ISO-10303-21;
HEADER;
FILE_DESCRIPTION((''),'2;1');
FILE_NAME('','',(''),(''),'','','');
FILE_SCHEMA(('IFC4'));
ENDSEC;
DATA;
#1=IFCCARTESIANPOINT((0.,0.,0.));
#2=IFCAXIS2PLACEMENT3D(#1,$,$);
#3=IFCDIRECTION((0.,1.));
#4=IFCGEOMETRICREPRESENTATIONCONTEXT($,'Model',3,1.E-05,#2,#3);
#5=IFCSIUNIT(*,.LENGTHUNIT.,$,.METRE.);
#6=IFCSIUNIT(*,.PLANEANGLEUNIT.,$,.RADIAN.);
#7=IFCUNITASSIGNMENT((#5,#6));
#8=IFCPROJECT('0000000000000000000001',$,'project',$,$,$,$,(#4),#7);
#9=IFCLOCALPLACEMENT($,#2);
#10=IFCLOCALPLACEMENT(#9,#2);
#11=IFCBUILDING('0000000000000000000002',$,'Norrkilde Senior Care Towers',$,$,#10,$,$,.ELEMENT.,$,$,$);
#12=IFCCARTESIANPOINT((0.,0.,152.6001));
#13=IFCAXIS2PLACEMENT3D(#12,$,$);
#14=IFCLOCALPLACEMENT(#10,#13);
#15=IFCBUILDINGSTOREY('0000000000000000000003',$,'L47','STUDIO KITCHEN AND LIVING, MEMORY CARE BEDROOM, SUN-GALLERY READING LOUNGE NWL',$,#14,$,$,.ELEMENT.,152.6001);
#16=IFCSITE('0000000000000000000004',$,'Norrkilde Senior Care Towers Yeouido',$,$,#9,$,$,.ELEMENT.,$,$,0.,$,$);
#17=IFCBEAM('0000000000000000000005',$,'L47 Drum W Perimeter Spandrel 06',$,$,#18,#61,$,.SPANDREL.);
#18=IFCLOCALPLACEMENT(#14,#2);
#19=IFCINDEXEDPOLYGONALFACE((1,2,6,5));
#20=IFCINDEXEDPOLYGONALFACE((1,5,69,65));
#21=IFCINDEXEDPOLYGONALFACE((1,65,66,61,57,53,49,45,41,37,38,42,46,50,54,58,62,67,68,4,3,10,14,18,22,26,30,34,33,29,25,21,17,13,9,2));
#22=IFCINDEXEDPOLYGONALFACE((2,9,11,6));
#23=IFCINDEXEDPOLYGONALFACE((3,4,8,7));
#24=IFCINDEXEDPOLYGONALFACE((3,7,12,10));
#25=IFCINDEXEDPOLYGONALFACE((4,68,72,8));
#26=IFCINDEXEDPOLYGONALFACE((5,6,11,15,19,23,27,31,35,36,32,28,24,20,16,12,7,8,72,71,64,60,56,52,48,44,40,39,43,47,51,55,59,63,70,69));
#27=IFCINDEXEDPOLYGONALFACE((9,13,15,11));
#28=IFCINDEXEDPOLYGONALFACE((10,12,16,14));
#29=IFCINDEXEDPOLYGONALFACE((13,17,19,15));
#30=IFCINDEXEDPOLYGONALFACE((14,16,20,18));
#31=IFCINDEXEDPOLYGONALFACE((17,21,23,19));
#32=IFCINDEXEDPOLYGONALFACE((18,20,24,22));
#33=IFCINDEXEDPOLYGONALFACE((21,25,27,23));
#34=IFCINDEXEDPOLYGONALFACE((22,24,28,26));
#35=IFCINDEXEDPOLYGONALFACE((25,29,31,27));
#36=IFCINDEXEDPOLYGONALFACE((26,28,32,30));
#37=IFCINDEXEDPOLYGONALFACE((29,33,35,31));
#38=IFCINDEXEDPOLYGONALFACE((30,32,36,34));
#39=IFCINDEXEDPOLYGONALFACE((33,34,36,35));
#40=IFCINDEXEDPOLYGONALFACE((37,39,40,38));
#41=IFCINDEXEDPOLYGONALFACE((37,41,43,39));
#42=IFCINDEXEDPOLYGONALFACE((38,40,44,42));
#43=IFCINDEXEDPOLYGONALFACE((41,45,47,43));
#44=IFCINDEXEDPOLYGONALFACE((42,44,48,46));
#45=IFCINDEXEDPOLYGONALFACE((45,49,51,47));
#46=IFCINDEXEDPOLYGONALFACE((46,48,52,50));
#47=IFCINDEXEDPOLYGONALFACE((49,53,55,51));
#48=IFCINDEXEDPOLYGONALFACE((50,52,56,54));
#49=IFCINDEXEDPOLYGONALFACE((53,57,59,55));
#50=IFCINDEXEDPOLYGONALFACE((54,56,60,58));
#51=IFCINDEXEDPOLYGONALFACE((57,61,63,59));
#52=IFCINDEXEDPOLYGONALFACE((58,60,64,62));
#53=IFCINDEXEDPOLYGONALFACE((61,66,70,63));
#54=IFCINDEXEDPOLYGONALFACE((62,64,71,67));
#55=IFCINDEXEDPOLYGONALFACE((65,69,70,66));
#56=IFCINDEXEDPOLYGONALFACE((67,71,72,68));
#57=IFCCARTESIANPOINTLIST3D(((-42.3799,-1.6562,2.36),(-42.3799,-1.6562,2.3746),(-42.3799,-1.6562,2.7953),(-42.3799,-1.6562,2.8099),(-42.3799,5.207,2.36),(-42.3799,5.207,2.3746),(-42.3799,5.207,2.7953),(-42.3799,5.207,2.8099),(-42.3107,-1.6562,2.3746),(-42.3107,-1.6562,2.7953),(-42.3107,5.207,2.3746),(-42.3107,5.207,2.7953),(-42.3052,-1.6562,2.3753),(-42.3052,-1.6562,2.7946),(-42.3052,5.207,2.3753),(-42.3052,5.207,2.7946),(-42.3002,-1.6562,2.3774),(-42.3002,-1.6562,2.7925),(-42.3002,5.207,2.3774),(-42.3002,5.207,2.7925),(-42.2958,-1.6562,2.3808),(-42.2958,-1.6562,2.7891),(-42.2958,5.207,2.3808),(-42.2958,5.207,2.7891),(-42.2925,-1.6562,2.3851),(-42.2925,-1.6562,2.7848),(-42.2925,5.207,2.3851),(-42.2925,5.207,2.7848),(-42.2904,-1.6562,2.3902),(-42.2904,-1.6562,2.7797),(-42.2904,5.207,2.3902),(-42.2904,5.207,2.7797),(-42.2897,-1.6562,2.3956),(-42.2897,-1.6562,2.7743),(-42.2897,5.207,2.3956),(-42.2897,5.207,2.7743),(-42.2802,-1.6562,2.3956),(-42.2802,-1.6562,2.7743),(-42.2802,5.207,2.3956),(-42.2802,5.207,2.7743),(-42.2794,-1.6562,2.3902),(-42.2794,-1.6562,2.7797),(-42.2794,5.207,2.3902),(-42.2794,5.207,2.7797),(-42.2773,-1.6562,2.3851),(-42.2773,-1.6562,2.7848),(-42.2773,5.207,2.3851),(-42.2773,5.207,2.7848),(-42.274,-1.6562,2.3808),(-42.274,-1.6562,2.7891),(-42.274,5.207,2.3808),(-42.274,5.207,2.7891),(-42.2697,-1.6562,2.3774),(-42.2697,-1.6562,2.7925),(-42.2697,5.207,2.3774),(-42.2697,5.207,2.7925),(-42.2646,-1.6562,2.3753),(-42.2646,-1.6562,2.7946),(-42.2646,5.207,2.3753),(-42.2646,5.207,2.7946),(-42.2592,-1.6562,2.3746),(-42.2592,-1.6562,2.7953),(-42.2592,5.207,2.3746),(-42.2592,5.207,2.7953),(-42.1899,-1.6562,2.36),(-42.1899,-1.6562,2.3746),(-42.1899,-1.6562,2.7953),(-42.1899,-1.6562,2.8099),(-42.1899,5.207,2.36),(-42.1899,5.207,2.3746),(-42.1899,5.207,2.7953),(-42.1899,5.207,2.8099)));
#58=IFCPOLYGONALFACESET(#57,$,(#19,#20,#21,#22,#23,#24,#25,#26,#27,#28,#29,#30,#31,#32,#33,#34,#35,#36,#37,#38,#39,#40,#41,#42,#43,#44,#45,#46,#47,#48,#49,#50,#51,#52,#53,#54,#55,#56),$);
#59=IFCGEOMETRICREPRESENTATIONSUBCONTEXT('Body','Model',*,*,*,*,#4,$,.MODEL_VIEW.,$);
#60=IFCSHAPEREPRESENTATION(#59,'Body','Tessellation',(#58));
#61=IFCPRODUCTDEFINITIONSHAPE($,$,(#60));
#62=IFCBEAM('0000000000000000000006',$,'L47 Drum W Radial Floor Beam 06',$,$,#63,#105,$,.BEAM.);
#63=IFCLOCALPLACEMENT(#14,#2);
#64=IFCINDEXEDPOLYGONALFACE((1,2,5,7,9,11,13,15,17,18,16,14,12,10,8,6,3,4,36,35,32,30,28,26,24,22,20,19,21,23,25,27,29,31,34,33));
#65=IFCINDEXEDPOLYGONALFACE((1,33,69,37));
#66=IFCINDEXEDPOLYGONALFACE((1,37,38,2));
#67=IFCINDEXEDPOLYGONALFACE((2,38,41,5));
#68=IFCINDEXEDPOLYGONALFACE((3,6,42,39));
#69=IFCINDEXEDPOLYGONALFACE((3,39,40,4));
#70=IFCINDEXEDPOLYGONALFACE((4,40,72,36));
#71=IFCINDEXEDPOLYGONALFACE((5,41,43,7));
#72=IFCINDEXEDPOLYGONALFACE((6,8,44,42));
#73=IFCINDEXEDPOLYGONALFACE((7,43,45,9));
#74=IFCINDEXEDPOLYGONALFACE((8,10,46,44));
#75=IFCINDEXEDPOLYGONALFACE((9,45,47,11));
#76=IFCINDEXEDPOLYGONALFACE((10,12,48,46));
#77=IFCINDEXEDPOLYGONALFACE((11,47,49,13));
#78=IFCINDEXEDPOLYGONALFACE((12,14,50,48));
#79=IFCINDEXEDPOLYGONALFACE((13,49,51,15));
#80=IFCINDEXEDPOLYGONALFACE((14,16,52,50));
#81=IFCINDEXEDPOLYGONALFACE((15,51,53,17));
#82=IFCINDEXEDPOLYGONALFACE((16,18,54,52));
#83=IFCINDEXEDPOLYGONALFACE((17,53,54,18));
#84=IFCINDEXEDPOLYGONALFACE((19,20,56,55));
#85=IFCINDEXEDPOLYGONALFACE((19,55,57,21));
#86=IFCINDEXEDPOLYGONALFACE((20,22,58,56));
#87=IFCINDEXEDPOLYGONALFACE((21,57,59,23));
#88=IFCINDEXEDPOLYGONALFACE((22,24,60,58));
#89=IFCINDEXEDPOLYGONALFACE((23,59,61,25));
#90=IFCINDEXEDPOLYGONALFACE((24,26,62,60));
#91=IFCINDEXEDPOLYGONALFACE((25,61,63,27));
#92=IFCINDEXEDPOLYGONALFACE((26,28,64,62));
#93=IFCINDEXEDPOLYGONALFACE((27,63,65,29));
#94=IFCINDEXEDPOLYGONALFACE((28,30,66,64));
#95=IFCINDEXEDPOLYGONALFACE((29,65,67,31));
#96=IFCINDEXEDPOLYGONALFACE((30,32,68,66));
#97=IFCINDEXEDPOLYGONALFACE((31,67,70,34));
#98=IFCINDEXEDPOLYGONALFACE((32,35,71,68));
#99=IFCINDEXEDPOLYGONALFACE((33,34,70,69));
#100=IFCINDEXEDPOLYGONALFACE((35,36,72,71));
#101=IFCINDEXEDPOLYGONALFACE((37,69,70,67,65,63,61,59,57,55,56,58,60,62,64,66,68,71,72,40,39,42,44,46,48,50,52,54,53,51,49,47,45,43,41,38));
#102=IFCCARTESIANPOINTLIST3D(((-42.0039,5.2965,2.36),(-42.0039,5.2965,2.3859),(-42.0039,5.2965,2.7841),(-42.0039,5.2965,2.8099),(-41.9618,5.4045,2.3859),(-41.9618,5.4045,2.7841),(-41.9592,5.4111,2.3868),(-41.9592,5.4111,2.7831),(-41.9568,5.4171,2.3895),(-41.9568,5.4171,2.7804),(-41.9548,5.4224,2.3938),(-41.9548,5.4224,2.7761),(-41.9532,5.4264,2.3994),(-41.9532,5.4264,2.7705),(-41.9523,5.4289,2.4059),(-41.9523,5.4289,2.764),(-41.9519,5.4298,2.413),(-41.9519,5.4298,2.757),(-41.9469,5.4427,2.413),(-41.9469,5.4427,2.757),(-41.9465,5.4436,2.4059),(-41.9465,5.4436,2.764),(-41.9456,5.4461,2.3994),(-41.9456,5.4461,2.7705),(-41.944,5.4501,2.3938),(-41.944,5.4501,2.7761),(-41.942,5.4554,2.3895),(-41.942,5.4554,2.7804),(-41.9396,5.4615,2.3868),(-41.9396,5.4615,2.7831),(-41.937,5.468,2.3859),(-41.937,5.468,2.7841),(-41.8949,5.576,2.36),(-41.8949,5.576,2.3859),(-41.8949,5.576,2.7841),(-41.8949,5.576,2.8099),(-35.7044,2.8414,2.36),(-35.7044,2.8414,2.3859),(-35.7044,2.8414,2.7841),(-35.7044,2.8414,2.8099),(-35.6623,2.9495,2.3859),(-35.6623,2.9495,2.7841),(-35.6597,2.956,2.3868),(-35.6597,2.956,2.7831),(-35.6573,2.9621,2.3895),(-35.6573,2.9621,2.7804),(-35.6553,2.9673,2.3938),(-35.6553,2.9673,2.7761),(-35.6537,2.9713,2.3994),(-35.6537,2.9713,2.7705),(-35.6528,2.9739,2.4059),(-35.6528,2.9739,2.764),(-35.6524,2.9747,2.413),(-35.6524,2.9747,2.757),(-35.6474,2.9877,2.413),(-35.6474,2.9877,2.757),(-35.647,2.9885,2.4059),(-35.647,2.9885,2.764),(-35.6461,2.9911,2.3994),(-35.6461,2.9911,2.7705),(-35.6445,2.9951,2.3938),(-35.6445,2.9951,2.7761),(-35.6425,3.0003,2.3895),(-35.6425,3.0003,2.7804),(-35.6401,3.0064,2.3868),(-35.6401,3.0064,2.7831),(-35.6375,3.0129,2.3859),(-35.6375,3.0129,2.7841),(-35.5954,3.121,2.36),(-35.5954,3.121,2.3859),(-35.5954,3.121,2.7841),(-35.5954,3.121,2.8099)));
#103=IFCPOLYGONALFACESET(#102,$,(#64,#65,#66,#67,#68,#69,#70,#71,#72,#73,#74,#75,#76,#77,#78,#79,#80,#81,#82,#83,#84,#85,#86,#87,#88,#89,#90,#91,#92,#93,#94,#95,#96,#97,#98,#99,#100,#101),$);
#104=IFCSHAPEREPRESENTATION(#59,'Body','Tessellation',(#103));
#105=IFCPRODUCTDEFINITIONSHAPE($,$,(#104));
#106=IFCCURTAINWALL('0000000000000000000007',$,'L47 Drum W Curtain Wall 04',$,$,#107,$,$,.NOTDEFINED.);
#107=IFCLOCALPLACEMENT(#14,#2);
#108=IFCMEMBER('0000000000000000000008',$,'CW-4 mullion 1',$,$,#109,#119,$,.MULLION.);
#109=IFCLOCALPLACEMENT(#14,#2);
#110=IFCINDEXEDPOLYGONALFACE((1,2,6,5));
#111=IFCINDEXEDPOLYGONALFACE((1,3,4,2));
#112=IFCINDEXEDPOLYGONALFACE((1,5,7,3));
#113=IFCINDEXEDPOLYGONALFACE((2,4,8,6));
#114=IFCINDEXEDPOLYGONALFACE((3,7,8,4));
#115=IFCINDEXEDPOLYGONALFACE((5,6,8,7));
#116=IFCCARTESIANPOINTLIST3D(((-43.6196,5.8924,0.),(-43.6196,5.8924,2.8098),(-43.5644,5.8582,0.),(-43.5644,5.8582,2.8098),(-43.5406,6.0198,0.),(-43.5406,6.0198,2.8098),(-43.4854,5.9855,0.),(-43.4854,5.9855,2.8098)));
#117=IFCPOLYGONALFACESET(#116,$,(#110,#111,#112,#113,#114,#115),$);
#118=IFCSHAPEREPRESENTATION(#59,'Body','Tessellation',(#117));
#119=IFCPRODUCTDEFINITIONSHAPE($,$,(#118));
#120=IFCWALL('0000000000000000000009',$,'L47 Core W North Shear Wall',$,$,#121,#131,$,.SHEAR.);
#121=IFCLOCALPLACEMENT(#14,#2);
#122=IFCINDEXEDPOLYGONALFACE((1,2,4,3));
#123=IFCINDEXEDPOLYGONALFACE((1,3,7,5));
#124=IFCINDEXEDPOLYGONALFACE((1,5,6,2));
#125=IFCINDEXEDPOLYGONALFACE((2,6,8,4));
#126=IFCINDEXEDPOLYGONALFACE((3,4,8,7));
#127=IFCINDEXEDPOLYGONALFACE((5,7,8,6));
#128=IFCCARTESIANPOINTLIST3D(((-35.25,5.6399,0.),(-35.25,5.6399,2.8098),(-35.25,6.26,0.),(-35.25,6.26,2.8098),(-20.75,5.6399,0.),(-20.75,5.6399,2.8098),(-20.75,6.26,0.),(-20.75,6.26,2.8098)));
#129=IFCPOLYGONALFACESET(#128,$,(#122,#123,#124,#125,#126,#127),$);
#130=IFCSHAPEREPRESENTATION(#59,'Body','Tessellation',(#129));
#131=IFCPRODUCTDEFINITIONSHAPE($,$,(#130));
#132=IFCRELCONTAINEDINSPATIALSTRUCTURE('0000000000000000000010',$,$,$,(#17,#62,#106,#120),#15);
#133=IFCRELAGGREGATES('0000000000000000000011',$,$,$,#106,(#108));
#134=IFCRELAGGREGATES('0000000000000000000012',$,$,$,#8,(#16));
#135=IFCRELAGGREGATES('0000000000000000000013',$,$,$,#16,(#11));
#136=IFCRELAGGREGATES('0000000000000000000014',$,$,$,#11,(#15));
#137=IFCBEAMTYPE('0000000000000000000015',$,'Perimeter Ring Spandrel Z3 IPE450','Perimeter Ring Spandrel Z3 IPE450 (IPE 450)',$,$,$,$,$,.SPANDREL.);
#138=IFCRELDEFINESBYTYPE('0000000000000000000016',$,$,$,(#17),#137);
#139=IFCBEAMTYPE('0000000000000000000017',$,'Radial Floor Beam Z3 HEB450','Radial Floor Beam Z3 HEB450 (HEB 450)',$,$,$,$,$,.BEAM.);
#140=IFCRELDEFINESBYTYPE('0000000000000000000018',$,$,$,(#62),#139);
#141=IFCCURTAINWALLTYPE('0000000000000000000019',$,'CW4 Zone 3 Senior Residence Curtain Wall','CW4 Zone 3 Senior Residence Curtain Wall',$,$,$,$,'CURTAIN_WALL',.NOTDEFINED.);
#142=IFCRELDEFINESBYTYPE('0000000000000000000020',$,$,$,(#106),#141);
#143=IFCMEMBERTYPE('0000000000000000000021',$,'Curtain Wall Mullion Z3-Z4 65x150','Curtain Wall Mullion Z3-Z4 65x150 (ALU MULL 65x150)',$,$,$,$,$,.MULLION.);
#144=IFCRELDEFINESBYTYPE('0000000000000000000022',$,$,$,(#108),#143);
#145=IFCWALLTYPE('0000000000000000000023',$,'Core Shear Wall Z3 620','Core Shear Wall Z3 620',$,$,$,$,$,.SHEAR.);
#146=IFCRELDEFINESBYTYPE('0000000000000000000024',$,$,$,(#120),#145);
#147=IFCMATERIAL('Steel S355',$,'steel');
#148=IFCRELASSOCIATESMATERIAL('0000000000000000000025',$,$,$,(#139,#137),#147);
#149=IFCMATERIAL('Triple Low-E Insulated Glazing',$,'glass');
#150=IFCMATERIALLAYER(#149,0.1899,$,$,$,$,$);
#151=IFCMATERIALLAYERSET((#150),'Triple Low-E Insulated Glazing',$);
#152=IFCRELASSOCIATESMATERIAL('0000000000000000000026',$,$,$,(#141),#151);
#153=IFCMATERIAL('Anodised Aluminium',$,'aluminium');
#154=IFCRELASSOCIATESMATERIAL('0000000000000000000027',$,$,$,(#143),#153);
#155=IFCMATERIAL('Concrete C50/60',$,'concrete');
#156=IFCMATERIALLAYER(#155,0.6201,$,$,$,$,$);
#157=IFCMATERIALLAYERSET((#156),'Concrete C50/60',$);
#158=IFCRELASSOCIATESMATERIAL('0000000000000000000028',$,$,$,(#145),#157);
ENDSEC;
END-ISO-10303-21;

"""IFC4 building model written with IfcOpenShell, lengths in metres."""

from ifc_helpers import new_model, si_unit, direction, frame, frame_2d, origin, origin_2d, place, context, subcontext, project, spatial, rectangle, i_section, extrude, source, transform, mapped, material, layer, layer_set, material_profile, profile_set, type_object, type_shapes, element, aggregate, save


model = new_model("IFC4")

# Units and contexts
model_context = context("Model", 3, precision=1e-05, world=origin(), true_north=direction((0.0, 1.0)))
body_context = subcontext(model_context, "Body", "Model", "MODEL_VIEW")
ifc_project = project(units=[si_unit("LENGTHUNIT", "METRE"), si_unit("PLANEANGLEUNIT", "RADIAN")], contexts=[model_context])

# Site, building, storey
site_placement = place(None, origin())
site = spatial("IfcSite", under=ifc_project, at=site_placement, Name="Norrkilde Senior Care Towers Yeouido", CompositionType="ELEMENT", RefElevation=0.0)
building_placement = place(site_placement, origin())
building = spatial("IfcBuilding", under=site, at=building_placement, Name="Norrkilde Senior Care Towers", CompositionType="ELEMENT")
storey_placement = place(building_placement, frame((0.0, 0.0, 152.6001)))
storey = spatial("IfcBuildingStorey", under=building, at=storey_placement, Name="L47", Description="STUDIO KITCHEN AND LIVING, MEMORY CARE BEDROOM, SUN-GALLERY READING LOUNGE NWL", CompositionType="ELEMENT", Elevation=152.6001)

# Shared definitions
ifc_material_1 = material(Name="Concrete C50/60", Category="concrete")

# Beams
ifc_material_2 = material(Name="Steel S355", Category="steel")
ifc_material_profile_1 = material_profile(ifc_material_2, i_section(OverallWidth=0.3, OverallDepth=0.45, WebThickness=0.0139, FlangeThickness=0.0259, FilletRadius=0.0271, at=origin_2d()), Name="HEB 450")
ifc_profile_set_1 = profile_set([ifc_material_profile_1], Name="Steel S355")
beam_type_1 = type_object("IfcBeamType", Name="Radial Floor Beam Z3 HEB450", Description="Radial Floor Beam Z3 HEB450 (HEB 450)", PredefinedType="BEAM", material=ifc_profile_set_1)
ifc_material_profile_2 = material_profile(ifc_material_2, i_section(OverallWidth=0.1899, OverallDepth=0.45, WebThickness=0.0095, FlangeThickness=0.0146, FilletRadius=0.021, at=origin_2d()), Name="IPE 450")
ifc_profile_set_2 = profile_set([ifc_material_profile_2], Name="Steel S355")
beam_type_2 = type_object("IfcBeamType", Name="Perimeter Ring Spandrel Z3 IPE450", Description="Perimeter Ring Spandrel Z3 IPE450 (IPE 450)", PredefinedType="SPANDREL", material=ifc_profile_set_2)
shared_shape_1 = source(origin(), body_context, "Body", "SweptSolid", [
    extrude(i_section(OverallWidth=0.1899, OverallDepth=0.45, WebThickness=0.0095, FlangeThickness=0.0146, FilletRadius=0.021, at=origin_2d()), origin(), (0.0, 0.0, 1.0), 6.8633),
])
type_shapes(beam_type_2, [shared_shape_1])
beam_1_placement = place(storey_placement, frame((-42.2849, 5.207, 2.585), z_axis=(0.0, -1.0, 0.0), x_axis=(1.0, 0.0, 0.0)))
element("IfcBeam", 1, at=beam_1_placement, inside=storey, type_object=beam_type_2, Name="L47 Drum W Perimeter Spandrel 06", PredefinedType="SPANDREL", context=body_context, shape_type="MappedRepresentation", body=[
    mapped(shared_shape_1, transform((0.0, 0.0, 0.0), x_axis=(1.0, 0.0, 0.0), y_axis=(0.0, 1.0, 0.0), z_axis=(0.0, 0.0, 1.0), scale=1.0)),
])
shared_shape_2 = source(origin(), body_context, "Body", "SweptSolid", [
    extrude(i_section(OverallWidth=0.3, OverallDepth=0.45, WebThickness=0.0139, FlangeThickness=0.0259, FilletRadius=0.0271, at=origin_2d()), origin(), (0.0, 0.0, 1.0), 6.761),
])
beam_2_placement = place(storey_placement, frame((-35.6499, 2.9812, 2.585), z_axis=(-0.931742, 0.363121, 0.0), x_axis=(-0.363121, -0.931742, 0.0)))
element("IfcBeam", 2, at=beam_2_placement, inside=storey, type_object=beam_type_1, Name="L47 Drum W Radial Floor Beam 06", PredefinedType="BEAM", context=body_context, shape_type="MappedRepresentation", body=[
    mapped(shared_shape_2, transform((0.0, 0.0, 0.0), x_axis=(1.0, 0.0, 0.0), y_axis=(0.0, 1.0, 0.0), z_axis=(0.0, 0.0, 1.0), scale=1.0)),
])

# Curtain wall, member
ifc_material_3 = material(Name="Triple Low-E Insulated Glazing", Category="glass")
ifc_layer_1 = layer(ifc_material_3, 0.1899)
ifc_layer_set_1 = layer_set([ifc_layer_1], Name="Triple Low-E Insulated Glazing")
curtain_wall_type = type_object("IfcCurtainWallType", Name="CW4 Zone 3 Senior Residence Curtain Wall", Description="CW4 Zone 3 Senior Residence Curtain Wall", ElementType="CURTAIN_WALL", PredefinedType="NOTDEFINED", material=ifc_layer_set_1)
curtain_wall_placement = place(storey_placement, origin())
curtain_wall = element("IfcCurtainWall", 3, at=curtain_wall_placement, inside=storey, type_object=curtain_wall_type, Name="L47 Drum W Curtain Wall 04", PredefinedType="NOTDEFINED")
ifc_material_4 = material(Name="Anodised Aluminium", Category="aluminium")
ifc_material_profile_3 = material_profile(ifc_material_4, rectangle(XDim=0.0649, YDim=0.1499, at=origin_2d()), Name="ALU MULL 65x150")
ifc_profile_set_3 = profile_set([ifc_material_profile_3], Name="Anodised Aluminium")
member_type = type_object("IfcMemberType", Name="Curtain Wall Mullion Z3-Z4 65x150", Description="Curtain Wall Mullion Z3-Z4 65x150 (ALU MULL 65x150)", PredefinedType="MULLION", material=ifc_profile_set_3)
shared_shape_3 = source(origin(), body_context, "Body", "SweptSolid", [
    extrude(rectangle(XDim=0.0649, YDim=0.1499, at=origin_2d()), origin(), (0.0, 0.0, 1.0), 2.8098),
])
type_shapes(member_type, [shared_shape_3])
member_placement = place(storey_placement, frame((-43.5525, 5.939, 0.0), z_axis=(0.0, 0.0, 1.0), x_axis=(-0.849634, 0.527373, 0.0)))
member = element("IfcMember", 4, at=member_placement, type_object=member_type, Name="CW-4 mullion 1", PredefinedType="MULLION", context=body_context, shape_type="MappedRepresentation", body=[
    mapped(shared_shape_3, transform((0.0, 0.0, 0.0), x_axis=(1.0, 0.0, 0.0), y_axis=(0.0, 1.0, 0.0), z_axis=(0.0, 0.0, 1.0), scale=1.0)),
])
aggregate(curtain_wall, [member])

# Wall
ifc_layer_2 = layer(ifc_material_1, 0.6201)
ifc_layer_set_2 = layer_set([ifc_layer_2], Name="Concrete C50/60")
wall_type_1 = type_object("IfcWallType", Name="Core Shear Wall Z3 620", Description="Core Shear Wall Z3 620", PredefinedType="SHEAR", material=ifc_layer_set_2)
shared_shape_4 = source(origin(), body_context, "Body", "SweptSolid", [
    extrude(rectangle(XDim=14.5, YDim=0.6201, at=frame_2d((7.25, 0.0))), origin(), (0.0, 0.0, 1.0), 2.8098),
])
type_shapes(wall_type_1, [shared_shape_4])
wall_1_placement = place(storey_placement, frame((-35.25, 5.95, 0.0), z_axis=(0.0, 0.0, 1.0), x_axis=(1.0, 0.0, 0.0)))
element("IfcWall", 5, at=wall_1_placement, inside=storey, type_object=wall_type_1, Name="L47 Core W North Shear Wall", PredefinedType="SHEAR", context=body_context, shape_type="MappedRepresentation", body=[
    mapped(shared_shape_4, transform((0.0, 0.0, 0.0), x_axis=(1.0, 0.0, 0.0), y_axis=(0.0, 1.0, 0.0), z_axis=(0.0, 0.0, 1.0), scale=1.0)),
])

save(model, "model.ifc")
